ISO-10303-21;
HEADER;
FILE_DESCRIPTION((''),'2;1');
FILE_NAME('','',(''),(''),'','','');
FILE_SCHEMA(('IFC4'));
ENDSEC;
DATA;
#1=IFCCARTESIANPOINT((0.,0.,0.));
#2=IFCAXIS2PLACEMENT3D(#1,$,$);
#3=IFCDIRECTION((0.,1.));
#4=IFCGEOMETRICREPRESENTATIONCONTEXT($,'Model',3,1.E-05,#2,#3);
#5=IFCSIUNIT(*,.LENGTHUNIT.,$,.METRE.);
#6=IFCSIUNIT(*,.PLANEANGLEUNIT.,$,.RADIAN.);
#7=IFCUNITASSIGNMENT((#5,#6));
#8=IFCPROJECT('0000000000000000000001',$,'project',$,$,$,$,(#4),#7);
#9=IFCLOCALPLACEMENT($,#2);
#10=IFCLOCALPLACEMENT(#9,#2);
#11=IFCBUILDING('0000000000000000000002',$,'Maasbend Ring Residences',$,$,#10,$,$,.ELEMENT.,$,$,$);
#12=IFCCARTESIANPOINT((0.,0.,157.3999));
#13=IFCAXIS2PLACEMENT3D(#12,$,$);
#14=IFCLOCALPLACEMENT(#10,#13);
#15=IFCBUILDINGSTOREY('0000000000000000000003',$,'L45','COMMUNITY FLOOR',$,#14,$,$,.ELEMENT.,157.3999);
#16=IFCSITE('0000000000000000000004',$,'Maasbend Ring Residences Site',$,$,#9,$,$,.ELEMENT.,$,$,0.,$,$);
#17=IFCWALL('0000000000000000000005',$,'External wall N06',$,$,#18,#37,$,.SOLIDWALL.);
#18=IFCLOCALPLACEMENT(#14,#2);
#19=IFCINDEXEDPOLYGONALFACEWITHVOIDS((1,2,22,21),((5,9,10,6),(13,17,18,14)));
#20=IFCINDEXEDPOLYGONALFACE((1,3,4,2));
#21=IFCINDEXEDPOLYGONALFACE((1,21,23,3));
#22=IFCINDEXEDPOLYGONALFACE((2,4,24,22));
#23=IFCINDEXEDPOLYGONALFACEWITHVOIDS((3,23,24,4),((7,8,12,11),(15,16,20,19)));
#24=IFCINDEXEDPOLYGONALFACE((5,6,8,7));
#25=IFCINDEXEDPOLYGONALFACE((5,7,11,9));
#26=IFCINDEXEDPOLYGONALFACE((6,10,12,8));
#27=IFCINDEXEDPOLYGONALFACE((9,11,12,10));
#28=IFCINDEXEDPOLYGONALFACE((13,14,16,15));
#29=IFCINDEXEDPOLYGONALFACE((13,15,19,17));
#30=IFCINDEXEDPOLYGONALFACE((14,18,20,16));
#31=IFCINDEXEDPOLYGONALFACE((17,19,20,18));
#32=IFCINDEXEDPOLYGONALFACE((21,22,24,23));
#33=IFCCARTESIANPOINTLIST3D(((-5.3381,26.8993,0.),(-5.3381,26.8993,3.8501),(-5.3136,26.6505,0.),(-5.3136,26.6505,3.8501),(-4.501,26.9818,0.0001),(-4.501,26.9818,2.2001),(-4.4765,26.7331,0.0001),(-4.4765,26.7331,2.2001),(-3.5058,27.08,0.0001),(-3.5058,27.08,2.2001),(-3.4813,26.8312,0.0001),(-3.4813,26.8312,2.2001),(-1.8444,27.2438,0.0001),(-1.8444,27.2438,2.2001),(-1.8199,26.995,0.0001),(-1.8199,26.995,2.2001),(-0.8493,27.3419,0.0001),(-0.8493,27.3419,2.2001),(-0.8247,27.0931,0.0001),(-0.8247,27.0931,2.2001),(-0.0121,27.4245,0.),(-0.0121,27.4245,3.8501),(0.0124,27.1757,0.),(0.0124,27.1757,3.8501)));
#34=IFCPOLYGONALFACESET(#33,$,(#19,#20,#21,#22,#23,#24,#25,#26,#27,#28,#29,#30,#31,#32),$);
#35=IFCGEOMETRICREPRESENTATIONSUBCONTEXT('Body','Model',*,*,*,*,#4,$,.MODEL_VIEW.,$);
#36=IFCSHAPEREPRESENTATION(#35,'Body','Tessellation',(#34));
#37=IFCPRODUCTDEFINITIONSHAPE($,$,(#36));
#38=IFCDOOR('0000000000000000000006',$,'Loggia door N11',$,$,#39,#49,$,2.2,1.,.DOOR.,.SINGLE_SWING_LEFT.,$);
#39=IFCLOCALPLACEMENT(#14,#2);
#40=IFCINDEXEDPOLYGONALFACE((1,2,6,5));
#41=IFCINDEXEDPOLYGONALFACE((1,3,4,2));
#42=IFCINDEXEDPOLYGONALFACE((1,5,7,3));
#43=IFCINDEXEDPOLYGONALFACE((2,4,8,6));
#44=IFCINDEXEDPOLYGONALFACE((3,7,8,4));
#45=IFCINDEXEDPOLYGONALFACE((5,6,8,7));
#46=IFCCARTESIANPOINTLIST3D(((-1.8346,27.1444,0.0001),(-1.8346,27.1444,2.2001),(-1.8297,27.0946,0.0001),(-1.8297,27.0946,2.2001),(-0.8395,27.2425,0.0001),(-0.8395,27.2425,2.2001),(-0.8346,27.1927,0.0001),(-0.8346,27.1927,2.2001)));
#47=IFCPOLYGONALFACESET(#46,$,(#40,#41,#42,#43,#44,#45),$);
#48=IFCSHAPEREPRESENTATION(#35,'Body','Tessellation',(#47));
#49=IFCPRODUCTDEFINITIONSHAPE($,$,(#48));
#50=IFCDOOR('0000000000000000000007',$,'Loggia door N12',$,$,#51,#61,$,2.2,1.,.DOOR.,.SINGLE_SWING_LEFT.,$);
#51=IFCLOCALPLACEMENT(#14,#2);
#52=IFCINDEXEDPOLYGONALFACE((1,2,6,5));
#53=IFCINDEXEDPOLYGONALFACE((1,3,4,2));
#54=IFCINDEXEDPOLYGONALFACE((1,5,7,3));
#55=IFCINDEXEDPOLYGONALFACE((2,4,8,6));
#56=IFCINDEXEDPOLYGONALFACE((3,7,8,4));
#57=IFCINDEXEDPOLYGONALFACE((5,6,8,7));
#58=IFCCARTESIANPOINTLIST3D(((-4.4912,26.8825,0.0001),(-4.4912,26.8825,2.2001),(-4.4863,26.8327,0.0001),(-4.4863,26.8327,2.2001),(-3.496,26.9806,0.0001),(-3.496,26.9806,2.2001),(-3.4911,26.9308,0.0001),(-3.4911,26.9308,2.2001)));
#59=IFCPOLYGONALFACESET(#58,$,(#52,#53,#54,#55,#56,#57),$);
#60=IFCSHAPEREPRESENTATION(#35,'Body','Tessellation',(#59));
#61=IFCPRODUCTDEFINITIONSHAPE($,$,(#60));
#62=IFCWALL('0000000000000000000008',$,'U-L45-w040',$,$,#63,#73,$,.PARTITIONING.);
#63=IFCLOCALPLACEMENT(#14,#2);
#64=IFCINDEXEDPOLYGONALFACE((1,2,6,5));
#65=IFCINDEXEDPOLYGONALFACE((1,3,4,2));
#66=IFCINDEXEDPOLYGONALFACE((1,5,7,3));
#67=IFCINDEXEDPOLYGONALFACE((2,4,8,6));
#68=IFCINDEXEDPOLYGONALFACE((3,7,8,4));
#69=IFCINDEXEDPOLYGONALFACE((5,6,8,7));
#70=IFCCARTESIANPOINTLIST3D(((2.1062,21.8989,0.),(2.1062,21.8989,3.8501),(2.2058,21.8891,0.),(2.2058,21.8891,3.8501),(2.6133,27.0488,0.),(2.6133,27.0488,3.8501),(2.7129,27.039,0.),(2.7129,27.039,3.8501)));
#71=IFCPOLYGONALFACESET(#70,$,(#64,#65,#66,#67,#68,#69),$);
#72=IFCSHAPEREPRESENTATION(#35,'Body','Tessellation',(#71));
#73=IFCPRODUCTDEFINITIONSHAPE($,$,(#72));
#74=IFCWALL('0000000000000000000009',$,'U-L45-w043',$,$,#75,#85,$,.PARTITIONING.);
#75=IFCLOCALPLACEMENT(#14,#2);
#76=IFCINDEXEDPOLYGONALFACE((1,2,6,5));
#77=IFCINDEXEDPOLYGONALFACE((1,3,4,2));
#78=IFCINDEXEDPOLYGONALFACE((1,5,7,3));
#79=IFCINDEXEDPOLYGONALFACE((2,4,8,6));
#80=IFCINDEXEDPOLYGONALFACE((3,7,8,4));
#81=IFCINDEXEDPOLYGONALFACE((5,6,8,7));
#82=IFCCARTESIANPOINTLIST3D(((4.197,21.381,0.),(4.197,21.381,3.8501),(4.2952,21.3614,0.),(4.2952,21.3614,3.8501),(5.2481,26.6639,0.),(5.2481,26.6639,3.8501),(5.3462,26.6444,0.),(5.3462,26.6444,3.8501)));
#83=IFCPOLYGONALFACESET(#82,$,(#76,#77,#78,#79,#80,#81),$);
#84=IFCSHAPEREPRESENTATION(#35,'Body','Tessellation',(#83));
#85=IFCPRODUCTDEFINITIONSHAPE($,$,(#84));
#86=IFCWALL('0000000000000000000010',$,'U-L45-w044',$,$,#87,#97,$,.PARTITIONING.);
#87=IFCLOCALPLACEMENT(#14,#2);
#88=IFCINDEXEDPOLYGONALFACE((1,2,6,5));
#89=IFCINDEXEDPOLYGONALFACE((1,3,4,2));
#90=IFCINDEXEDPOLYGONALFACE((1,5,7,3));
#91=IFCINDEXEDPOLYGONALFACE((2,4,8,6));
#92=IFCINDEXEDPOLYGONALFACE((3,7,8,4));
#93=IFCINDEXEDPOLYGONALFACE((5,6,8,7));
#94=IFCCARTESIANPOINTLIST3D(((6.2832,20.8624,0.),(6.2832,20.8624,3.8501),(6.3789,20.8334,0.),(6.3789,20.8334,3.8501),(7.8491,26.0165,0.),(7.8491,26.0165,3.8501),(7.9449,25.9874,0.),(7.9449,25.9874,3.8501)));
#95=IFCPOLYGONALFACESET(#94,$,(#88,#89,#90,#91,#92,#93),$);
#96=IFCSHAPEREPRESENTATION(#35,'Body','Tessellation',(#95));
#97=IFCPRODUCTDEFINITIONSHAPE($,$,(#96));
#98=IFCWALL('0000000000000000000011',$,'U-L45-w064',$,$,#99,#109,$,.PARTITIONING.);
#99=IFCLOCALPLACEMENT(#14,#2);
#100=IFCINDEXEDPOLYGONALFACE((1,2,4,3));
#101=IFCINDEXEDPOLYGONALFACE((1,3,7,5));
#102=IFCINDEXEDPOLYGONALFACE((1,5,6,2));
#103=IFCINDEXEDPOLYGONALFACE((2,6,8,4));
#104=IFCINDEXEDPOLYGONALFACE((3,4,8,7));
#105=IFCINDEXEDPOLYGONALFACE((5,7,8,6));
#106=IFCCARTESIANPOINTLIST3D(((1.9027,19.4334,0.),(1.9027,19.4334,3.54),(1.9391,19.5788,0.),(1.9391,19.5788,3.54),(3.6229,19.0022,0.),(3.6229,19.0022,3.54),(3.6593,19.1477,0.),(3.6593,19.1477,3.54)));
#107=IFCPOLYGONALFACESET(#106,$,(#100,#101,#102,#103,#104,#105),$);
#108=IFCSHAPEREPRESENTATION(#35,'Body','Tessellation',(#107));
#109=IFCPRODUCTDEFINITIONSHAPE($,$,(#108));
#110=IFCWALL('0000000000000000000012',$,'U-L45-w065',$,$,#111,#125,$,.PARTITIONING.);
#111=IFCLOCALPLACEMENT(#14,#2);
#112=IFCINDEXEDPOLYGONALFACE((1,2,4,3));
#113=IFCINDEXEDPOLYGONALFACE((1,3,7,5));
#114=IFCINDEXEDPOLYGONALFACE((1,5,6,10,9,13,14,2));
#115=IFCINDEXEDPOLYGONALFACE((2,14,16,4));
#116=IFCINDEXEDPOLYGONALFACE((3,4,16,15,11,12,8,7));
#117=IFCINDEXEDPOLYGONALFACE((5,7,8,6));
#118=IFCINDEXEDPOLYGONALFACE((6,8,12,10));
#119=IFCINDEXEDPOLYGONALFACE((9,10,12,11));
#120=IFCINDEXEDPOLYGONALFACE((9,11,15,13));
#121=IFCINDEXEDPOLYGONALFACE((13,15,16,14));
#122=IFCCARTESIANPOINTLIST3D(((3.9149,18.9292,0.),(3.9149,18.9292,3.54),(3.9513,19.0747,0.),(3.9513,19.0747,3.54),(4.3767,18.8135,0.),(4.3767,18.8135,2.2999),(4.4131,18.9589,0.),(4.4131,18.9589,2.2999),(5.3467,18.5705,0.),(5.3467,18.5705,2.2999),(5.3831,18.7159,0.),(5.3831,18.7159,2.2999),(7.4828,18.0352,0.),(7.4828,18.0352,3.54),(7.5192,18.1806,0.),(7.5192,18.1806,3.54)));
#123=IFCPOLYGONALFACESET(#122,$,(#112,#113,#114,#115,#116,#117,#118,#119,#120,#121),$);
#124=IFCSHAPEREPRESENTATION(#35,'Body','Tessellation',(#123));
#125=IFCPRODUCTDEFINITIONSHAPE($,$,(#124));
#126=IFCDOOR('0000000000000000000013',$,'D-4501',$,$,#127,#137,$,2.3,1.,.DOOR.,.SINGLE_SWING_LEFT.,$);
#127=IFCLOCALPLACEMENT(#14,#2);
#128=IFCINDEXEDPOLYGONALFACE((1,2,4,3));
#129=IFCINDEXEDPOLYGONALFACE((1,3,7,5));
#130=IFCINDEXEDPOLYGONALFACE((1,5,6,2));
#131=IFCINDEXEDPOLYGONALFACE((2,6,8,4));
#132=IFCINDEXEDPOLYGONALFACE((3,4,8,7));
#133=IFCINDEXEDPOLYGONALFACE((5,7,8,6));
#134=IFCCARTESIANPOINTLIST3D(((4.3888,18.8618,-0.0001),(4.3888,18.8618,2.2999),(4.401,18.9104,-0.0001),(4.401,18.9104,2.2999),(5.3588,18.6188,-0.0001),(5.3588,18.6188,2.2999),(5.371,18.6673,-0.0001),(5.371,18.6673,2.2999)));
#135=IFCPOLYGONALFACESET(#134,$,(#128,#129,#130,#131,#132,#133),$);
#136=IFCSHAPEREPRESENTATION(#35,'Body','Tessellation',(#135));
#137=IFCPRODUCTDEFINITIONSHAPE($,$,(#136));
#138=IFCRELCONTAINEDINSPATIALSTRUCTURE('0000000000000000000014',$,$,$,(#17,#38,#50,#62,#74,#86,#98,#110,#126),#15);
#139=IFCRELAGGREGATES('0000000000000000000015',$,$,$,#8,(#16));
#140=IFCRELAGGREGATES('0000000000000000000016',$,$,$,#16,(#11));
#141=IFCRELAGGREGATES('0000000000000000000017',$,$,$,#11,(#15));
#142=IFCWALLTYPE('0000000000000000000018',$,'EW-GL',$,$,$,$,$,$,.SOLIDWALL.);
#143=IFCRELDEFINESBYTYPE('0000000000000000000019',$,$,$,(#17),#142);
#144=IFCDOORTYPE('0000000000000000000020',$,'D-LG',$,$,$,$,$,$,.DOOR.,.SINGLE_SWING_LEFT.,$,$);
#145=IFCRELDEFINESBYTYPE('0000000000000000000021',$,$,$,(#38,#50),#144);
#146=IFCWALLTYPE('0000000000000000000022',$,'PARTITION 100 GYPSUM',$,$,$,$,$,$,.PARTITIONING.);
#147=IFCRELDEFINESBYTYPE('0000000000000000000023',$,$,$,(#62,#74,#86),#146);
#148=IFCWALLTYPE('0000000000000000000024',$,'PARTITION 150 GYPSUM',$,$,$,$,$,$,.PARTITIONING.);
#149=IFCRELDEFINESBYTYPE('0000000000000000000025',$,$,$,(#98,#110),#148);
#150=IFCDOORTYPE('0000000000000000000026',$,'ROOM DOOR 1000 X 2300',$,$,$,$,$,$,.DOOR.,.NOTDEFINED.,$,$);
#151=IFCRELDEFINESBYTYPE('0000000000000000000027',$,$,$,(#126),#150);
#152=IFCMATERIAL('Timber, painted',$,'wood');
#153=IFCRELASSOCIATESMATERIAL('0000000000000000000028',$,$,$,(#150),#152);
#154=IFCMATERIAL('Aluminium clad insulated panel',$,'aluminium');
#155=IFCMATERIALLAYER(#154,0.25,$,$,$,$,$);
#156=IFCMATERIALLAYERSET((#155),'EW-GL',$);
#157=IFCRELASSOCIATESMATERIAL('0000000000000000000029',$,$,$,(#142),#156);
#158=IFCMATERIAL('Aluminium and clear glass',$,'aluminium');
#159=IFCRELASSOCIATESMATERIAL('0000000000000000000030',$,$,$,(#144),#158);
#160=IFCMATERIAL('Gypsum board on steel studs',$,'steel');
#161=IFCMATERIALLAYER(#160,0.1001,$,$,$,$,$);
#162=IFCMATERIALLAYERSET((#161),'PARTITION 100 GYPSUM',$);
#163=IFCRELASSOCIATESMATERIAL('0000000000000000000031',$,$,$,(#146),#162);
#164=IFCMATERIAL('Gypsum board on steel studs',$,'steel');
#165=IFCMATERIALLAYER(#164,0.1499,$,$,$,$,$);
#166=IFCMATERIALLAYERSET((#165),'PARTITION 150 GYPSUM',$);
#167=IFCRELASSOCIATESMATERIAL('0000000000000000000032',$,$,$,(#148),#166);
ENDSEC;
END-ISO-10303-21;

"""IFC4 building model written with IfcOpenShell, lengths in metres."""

from ifc_helpers import new_model, si_unit, direction, frame, frame_2d, origin, place, context, subcontext, project, spatial, rectangle, extrude, material, layer, layer_set, type_object, element, fill, save


model = new_model("IFC4")

# Units and contexts
model_context = context("Model", 3, precision=1e-05, world=origin(), true_north=direction((0.0, 1.0)))
body_context = subcontext(model_context, "Body", "Model", "MODEL_VIEW")
ifc_project = project(units=[si_unit("LENGTHUNIT", "METRE"), si_unit("PLANEANGLEUNIT", "RADIAN")], contexts=[model_context])

# Site, building, storey
site_placement = place(None, origin())
site = spatial("IfcSite", under=ifc_project, at=site_placement, Name="Maasbend Ring Residences Site", CompositionType="ELEMENT", RefElevation=0.0)
building_placement = place(site_placement, origin())
building = spatial("IfcBuilding", under=site, at=building_placement, Name="Maasbend Ring Residences", CompositionType="ELEMENT")
storey_placement = place(building_placement, frame((0.0, 0.0, 157.3999)))
storey = spatial("IfcBuildingStorey", under=building, at=storey_placement, Name="L45", Description="COMMUNITY FLOOR", CompositionType="ELEMENT", Elevation=157.3999)

# Shared definitions
ifc_material_1 = material(Name="Timber, painted", Category="wood")
door_type_1 = type_object("IfcDoorType", Name="ROOM DOOR 1000 X 2300", OperationType="NOTDEFINED", PredefinedType="DOOR", material=ifc_material_1)

# Wall, openings, doors
ifc_material_2 = material(Name="Aluminium clad insulated panel", Category="aluminium")
ifc_layer_1 = layer(ifc_material_2, 0.25)
ifc_layer_set_1 = layer_set([ifc_layer_1], Name="EW-GL")
wall_type_1 = type_object("IfcWallType", Name="EW-GL", PredefinedType="SOLIDWALL", material=ifc_layer_set_1)
ifc_material_3 = material(Name="Aluminium and clear glass", Category="aluminium")
door_type_2 = type_object("IfcDoorType", Name="D-LG", OperationType="SINGLE_SWING_LEFT", PredefinedType="DOOR", material=ifc_material_3)
wall_1_placement = place(storey_placement, frame((0.0, 27.3, 0.0), z_axis=(0.0, 0.0, 1.0), x_axis=(-0.995174, -0.098126, 0.0)))
wall_1 = element("IfcWall", 1, at=wall_1_placement, inside=storey, type_object=wall_type_1, Name="External wall N06", PredefinedType="SOLIDWALL", context=body_context, shape_type="SweptSolid", body=[
    extrude(rectangle(XDim=5.3518, YDim=0.25, at=frame_2d((2.6758, 0.0))), origin(), (0.0, 0.0, 1.0), 3.8501),
])
opening_1_placement = place(wall_1_placement, frame((0.8411, 0.0, 0.0)))
opening_1 = element("IfcOpeningElement", 2, at=opening_1_placement, cuts=wall_1, PredefinedType="OPENING", context=body_context, shape_type="SweptSolid", body=[
    extrude(rectangle(XDim=1.0, YDim=2.2, at=frame_2d((0.5, 1.1001))), frame((0.0, 0.135, 0.0), z_axis=(0.0, -1.0, 0.0), x_axis=(1.0, 0.0, 0.0)), (0.0, 0.0, 1.0), 0.27),
])
opening_2_placement = place(wall_1_placement, frame((3.5105, 0.0, 0.0)))
opening_2 = element("IfcOpeningElement", 3, at=opening_2_placement, cuts=wall_1, PredefinedType="OPENING", context=body_context, shape_type="SweptSolid", body=[
    extrude(rectangle(XDim=1.0, YDim=2.2, at=frame_2d((0.5, 1.1001))), frame((0.0, 0.135, 0.0), z_axis=(0.0, -1.0, 0.0), x_axis=(1.0, 0.0, 0.0)), (0.0, 0.0, 1.0), 0.27),
])
door_1_placement = place(opening_1_placement, origin())
door_1 = element("IfcDoor", 4, at=door_1_placement, inside=storey, type_object=door_type_2, Name="Loggia door N11", OperationType="SINGLE_SWING_LEFT", OverallHeight=2.2, OverallWidth=1.0, PredefinedType="DOOR", context=body_context, shape_type="SweptSolid", body=[
    extrude(rectangle(XDim=1.0, YDim=2.2, at=frame_2d((0.5, 1.1001))), frame((0.0, 0.0249, 0.0), z_axis=(0.0, -1.0, 0.0), x_axis=(1.0, 0.0, 0.0)), (0.0, 0.0, 1.0), 0.05),
])
fill(opening_1, door_1)
door_2_placement = place(opening_2_placement, origin())
door_2 = element("IfcDoor", 5, at=door_2_placement, inside=storey, type_object=door_type_2, Name="Loggia door N12", OperationType="SINGLE_SWING_LEFT", OverallHeight=2.2, OverallWidth=1.0, PredefinedType="DOOR", context=body_context, shape_type="SweptSolid", body=[
    extrude(rectangle(XDim=1.0, YDim=2.2, at=frame_2d((0.5, 1.1001))), frame((0.0, 0.0249, 0.0), z_axis=(0.0, -1.0, 0.0), x_axis=(1.0, 0.0, 0.0)), (0.0, 0.0, 1.0), 0.05),
])
fill(opening_2, door_2)

# Walls
ifc_material_4 = material(Name="Gypsum board on steel studs", Category="steel")
ifc_layer_2 = layer(ifc_material_4, 0.1001)
ifc_layer_set_2 = layer_set([ifc_layer_2], Name="PARTITION 100 GYPSUM")
wall_type_2 = type_object("IfcWallType", Name="PARTITION 100 GYPSUM", PredefinedType="PARTITIONING", material=ifc_layer_set_2)
wall_2_placement = place(storey_placement, frame((2.156, 21.894, 0.0), z_axis=(0.0, 0.0, 1.0), x_axis=(0.09799, 0.995187, 0.0)))
element("IfcWall", 6, at=wall_2_placement, inside=storey, type_object=wall_type_2, Name="U-L45-w040", PredefinedType="PARTITIONING", context=body_context, shape_type="SweptSolid", body=[
    extrude(rectangle(XDim=5.1748, YDim=0.1001, at=frame_2d((2.5874, 0.0))), origin(), (0.0, 0.0, 1.0), 3.8501),
])
wall_3_placement = place(storey_placement, frame((4.2461, 21.3711, 0.0), z_axis=(0.0, 0.0, 1.0), x_axis=(0.195122, 0.980779, 0.0)))
element("IfcWall", 7, at=wall_3_placement, inside=storey, type_object=wall_type_2, Name="U-L45-w043", PredefinedType="PARTITIONING", context=body_context, shape_type="SweptSolid", body=[
    extrude(rectangle(XDim=5.3865, YDim=0.1001, at=frame_2d((2.6934, 0.0))), origin(), (0.0, 0.0, 1.0), 3.8501),
])
wall_4_placement = place(storey_placement, frame((6.3311, 20.8479, 0.0), z_axis=(0.0, 0.0, 1.0), x_axis=(0.290702, 0.956814, 0.0)))
element("IfcWall", 8, at=wall_4_placement, inside=storey, type_object=wall_type_2, Name="U-L45-w044", PredefinedType="PARTITIONING", context=body_context, shape_type="SweptSolid", body=[
    extrude(rectangle(XDim=5.3867, YDim=0.1001, at=frame_2d((2.6934, 0.0))), origin(), (0.0, 0.0, 1.0), 3.8501),
])
ifc_material_5 = material(Name="Gypsum board on steel studs", Category="steel")
ifc_layer_3 = layer(ifc_material_5, 0.1499)
ifc_layer_set_3 = layer_set([ifc_layer_3], Name="PARTITION 150 GYPSUM")
wall_type_3 = type_object("IfcWallType", Name="PARTITION 150 GYPSUM", PredefinedType="PARTITIONING", material=ifc_layer_set_3)
wall_5_placement = place(storey_placement, frame((1.9209, 19.5061, 0.0), z_axis=(0.0, 0.0, 1.0), x_axis=(0.969997, -0.243119, 0.0)))
element("IfcWall", 9, at=wall_5_placement, inside=storey, type_object=wall_type_3, Name="U-L45-w064", PredefinedType="PARTITIONING", context=body_context, shape_type="SweptSolid", body=[
    extrude(rectangle(XDim=1.7734, YDim=0.1499, at=frame_2d((0.8867, 0.0))), origin(), (0.0, 0.0, 1.0), 3.54),
])

# Wall, opening, door
wall_6_placement = place(storey_placement, frame((3.9331, 19.002, 0.0), z_axis=(0.0, 0.0, 1.0), x_axis=(0.97001, -0.243067, 0.0)))
wall_6 = element("IfcWall", 10, at=wall_6_placement, inside=storey, type_object=wall_type_3, Name="U-L45-w065", PredefinedType="PARTITIONING", context=body_context, shape_type="SweptSolid", body=[
    extrude(rectangle(XDim=3.6782, YDim=0.1499, at=frame_2d((1.8391, 0.0))), origin(), (0.0, 0.0, 1.0), 3.54),
])
opening_3_placement = place(wall_6_placement, frame((0.4761, 0.0, 0.0)))
opening_3 = element("IfcOpeningElement", 11, at=opening_3_placement, cuts=wall_6, PredefinedType="OPENING", context=body_context, shape_type="SweptSolid", body=[
    extrude(rectangle(XDim=1.0, YDim=2.3, at=frame_2d((0.5, 1.1499))), frame((0.0, 0.085, 0.0), z_axis=(0.0, -1.0, 0.0), x_axis=(1.0, 0.0, 0.0)), (0.0, 0.0, 1.0), 0.1699),
])
door_3_placement = place(opening_3_placement, origin())
door_3 = element("IfcDoor", 12, at=door_3_placement, inside=storey, type_object=door_type_1, Name="D-4501", OperationType="SINGLE_SWING_LEFT", OverallHeight=2.3, OverallWidth=1.0, PredefinedType="DOOR", context=body_context, shape_type="SweptSolid", body=[
    extrude(rectangle(XDim=1.0, YDim=2.3, at=frame_2d((0.5, 1.1499))), frame((0.0, 0.0249, 0.0), z_axis=(0.0, -1.0, 0.0), x_axis=(1.0, 0.0, 0.0)), (0.0, 0.0, 1.0), 0.05),
])
fill(opening_3, door_3)

save(model, "model.ifc")
